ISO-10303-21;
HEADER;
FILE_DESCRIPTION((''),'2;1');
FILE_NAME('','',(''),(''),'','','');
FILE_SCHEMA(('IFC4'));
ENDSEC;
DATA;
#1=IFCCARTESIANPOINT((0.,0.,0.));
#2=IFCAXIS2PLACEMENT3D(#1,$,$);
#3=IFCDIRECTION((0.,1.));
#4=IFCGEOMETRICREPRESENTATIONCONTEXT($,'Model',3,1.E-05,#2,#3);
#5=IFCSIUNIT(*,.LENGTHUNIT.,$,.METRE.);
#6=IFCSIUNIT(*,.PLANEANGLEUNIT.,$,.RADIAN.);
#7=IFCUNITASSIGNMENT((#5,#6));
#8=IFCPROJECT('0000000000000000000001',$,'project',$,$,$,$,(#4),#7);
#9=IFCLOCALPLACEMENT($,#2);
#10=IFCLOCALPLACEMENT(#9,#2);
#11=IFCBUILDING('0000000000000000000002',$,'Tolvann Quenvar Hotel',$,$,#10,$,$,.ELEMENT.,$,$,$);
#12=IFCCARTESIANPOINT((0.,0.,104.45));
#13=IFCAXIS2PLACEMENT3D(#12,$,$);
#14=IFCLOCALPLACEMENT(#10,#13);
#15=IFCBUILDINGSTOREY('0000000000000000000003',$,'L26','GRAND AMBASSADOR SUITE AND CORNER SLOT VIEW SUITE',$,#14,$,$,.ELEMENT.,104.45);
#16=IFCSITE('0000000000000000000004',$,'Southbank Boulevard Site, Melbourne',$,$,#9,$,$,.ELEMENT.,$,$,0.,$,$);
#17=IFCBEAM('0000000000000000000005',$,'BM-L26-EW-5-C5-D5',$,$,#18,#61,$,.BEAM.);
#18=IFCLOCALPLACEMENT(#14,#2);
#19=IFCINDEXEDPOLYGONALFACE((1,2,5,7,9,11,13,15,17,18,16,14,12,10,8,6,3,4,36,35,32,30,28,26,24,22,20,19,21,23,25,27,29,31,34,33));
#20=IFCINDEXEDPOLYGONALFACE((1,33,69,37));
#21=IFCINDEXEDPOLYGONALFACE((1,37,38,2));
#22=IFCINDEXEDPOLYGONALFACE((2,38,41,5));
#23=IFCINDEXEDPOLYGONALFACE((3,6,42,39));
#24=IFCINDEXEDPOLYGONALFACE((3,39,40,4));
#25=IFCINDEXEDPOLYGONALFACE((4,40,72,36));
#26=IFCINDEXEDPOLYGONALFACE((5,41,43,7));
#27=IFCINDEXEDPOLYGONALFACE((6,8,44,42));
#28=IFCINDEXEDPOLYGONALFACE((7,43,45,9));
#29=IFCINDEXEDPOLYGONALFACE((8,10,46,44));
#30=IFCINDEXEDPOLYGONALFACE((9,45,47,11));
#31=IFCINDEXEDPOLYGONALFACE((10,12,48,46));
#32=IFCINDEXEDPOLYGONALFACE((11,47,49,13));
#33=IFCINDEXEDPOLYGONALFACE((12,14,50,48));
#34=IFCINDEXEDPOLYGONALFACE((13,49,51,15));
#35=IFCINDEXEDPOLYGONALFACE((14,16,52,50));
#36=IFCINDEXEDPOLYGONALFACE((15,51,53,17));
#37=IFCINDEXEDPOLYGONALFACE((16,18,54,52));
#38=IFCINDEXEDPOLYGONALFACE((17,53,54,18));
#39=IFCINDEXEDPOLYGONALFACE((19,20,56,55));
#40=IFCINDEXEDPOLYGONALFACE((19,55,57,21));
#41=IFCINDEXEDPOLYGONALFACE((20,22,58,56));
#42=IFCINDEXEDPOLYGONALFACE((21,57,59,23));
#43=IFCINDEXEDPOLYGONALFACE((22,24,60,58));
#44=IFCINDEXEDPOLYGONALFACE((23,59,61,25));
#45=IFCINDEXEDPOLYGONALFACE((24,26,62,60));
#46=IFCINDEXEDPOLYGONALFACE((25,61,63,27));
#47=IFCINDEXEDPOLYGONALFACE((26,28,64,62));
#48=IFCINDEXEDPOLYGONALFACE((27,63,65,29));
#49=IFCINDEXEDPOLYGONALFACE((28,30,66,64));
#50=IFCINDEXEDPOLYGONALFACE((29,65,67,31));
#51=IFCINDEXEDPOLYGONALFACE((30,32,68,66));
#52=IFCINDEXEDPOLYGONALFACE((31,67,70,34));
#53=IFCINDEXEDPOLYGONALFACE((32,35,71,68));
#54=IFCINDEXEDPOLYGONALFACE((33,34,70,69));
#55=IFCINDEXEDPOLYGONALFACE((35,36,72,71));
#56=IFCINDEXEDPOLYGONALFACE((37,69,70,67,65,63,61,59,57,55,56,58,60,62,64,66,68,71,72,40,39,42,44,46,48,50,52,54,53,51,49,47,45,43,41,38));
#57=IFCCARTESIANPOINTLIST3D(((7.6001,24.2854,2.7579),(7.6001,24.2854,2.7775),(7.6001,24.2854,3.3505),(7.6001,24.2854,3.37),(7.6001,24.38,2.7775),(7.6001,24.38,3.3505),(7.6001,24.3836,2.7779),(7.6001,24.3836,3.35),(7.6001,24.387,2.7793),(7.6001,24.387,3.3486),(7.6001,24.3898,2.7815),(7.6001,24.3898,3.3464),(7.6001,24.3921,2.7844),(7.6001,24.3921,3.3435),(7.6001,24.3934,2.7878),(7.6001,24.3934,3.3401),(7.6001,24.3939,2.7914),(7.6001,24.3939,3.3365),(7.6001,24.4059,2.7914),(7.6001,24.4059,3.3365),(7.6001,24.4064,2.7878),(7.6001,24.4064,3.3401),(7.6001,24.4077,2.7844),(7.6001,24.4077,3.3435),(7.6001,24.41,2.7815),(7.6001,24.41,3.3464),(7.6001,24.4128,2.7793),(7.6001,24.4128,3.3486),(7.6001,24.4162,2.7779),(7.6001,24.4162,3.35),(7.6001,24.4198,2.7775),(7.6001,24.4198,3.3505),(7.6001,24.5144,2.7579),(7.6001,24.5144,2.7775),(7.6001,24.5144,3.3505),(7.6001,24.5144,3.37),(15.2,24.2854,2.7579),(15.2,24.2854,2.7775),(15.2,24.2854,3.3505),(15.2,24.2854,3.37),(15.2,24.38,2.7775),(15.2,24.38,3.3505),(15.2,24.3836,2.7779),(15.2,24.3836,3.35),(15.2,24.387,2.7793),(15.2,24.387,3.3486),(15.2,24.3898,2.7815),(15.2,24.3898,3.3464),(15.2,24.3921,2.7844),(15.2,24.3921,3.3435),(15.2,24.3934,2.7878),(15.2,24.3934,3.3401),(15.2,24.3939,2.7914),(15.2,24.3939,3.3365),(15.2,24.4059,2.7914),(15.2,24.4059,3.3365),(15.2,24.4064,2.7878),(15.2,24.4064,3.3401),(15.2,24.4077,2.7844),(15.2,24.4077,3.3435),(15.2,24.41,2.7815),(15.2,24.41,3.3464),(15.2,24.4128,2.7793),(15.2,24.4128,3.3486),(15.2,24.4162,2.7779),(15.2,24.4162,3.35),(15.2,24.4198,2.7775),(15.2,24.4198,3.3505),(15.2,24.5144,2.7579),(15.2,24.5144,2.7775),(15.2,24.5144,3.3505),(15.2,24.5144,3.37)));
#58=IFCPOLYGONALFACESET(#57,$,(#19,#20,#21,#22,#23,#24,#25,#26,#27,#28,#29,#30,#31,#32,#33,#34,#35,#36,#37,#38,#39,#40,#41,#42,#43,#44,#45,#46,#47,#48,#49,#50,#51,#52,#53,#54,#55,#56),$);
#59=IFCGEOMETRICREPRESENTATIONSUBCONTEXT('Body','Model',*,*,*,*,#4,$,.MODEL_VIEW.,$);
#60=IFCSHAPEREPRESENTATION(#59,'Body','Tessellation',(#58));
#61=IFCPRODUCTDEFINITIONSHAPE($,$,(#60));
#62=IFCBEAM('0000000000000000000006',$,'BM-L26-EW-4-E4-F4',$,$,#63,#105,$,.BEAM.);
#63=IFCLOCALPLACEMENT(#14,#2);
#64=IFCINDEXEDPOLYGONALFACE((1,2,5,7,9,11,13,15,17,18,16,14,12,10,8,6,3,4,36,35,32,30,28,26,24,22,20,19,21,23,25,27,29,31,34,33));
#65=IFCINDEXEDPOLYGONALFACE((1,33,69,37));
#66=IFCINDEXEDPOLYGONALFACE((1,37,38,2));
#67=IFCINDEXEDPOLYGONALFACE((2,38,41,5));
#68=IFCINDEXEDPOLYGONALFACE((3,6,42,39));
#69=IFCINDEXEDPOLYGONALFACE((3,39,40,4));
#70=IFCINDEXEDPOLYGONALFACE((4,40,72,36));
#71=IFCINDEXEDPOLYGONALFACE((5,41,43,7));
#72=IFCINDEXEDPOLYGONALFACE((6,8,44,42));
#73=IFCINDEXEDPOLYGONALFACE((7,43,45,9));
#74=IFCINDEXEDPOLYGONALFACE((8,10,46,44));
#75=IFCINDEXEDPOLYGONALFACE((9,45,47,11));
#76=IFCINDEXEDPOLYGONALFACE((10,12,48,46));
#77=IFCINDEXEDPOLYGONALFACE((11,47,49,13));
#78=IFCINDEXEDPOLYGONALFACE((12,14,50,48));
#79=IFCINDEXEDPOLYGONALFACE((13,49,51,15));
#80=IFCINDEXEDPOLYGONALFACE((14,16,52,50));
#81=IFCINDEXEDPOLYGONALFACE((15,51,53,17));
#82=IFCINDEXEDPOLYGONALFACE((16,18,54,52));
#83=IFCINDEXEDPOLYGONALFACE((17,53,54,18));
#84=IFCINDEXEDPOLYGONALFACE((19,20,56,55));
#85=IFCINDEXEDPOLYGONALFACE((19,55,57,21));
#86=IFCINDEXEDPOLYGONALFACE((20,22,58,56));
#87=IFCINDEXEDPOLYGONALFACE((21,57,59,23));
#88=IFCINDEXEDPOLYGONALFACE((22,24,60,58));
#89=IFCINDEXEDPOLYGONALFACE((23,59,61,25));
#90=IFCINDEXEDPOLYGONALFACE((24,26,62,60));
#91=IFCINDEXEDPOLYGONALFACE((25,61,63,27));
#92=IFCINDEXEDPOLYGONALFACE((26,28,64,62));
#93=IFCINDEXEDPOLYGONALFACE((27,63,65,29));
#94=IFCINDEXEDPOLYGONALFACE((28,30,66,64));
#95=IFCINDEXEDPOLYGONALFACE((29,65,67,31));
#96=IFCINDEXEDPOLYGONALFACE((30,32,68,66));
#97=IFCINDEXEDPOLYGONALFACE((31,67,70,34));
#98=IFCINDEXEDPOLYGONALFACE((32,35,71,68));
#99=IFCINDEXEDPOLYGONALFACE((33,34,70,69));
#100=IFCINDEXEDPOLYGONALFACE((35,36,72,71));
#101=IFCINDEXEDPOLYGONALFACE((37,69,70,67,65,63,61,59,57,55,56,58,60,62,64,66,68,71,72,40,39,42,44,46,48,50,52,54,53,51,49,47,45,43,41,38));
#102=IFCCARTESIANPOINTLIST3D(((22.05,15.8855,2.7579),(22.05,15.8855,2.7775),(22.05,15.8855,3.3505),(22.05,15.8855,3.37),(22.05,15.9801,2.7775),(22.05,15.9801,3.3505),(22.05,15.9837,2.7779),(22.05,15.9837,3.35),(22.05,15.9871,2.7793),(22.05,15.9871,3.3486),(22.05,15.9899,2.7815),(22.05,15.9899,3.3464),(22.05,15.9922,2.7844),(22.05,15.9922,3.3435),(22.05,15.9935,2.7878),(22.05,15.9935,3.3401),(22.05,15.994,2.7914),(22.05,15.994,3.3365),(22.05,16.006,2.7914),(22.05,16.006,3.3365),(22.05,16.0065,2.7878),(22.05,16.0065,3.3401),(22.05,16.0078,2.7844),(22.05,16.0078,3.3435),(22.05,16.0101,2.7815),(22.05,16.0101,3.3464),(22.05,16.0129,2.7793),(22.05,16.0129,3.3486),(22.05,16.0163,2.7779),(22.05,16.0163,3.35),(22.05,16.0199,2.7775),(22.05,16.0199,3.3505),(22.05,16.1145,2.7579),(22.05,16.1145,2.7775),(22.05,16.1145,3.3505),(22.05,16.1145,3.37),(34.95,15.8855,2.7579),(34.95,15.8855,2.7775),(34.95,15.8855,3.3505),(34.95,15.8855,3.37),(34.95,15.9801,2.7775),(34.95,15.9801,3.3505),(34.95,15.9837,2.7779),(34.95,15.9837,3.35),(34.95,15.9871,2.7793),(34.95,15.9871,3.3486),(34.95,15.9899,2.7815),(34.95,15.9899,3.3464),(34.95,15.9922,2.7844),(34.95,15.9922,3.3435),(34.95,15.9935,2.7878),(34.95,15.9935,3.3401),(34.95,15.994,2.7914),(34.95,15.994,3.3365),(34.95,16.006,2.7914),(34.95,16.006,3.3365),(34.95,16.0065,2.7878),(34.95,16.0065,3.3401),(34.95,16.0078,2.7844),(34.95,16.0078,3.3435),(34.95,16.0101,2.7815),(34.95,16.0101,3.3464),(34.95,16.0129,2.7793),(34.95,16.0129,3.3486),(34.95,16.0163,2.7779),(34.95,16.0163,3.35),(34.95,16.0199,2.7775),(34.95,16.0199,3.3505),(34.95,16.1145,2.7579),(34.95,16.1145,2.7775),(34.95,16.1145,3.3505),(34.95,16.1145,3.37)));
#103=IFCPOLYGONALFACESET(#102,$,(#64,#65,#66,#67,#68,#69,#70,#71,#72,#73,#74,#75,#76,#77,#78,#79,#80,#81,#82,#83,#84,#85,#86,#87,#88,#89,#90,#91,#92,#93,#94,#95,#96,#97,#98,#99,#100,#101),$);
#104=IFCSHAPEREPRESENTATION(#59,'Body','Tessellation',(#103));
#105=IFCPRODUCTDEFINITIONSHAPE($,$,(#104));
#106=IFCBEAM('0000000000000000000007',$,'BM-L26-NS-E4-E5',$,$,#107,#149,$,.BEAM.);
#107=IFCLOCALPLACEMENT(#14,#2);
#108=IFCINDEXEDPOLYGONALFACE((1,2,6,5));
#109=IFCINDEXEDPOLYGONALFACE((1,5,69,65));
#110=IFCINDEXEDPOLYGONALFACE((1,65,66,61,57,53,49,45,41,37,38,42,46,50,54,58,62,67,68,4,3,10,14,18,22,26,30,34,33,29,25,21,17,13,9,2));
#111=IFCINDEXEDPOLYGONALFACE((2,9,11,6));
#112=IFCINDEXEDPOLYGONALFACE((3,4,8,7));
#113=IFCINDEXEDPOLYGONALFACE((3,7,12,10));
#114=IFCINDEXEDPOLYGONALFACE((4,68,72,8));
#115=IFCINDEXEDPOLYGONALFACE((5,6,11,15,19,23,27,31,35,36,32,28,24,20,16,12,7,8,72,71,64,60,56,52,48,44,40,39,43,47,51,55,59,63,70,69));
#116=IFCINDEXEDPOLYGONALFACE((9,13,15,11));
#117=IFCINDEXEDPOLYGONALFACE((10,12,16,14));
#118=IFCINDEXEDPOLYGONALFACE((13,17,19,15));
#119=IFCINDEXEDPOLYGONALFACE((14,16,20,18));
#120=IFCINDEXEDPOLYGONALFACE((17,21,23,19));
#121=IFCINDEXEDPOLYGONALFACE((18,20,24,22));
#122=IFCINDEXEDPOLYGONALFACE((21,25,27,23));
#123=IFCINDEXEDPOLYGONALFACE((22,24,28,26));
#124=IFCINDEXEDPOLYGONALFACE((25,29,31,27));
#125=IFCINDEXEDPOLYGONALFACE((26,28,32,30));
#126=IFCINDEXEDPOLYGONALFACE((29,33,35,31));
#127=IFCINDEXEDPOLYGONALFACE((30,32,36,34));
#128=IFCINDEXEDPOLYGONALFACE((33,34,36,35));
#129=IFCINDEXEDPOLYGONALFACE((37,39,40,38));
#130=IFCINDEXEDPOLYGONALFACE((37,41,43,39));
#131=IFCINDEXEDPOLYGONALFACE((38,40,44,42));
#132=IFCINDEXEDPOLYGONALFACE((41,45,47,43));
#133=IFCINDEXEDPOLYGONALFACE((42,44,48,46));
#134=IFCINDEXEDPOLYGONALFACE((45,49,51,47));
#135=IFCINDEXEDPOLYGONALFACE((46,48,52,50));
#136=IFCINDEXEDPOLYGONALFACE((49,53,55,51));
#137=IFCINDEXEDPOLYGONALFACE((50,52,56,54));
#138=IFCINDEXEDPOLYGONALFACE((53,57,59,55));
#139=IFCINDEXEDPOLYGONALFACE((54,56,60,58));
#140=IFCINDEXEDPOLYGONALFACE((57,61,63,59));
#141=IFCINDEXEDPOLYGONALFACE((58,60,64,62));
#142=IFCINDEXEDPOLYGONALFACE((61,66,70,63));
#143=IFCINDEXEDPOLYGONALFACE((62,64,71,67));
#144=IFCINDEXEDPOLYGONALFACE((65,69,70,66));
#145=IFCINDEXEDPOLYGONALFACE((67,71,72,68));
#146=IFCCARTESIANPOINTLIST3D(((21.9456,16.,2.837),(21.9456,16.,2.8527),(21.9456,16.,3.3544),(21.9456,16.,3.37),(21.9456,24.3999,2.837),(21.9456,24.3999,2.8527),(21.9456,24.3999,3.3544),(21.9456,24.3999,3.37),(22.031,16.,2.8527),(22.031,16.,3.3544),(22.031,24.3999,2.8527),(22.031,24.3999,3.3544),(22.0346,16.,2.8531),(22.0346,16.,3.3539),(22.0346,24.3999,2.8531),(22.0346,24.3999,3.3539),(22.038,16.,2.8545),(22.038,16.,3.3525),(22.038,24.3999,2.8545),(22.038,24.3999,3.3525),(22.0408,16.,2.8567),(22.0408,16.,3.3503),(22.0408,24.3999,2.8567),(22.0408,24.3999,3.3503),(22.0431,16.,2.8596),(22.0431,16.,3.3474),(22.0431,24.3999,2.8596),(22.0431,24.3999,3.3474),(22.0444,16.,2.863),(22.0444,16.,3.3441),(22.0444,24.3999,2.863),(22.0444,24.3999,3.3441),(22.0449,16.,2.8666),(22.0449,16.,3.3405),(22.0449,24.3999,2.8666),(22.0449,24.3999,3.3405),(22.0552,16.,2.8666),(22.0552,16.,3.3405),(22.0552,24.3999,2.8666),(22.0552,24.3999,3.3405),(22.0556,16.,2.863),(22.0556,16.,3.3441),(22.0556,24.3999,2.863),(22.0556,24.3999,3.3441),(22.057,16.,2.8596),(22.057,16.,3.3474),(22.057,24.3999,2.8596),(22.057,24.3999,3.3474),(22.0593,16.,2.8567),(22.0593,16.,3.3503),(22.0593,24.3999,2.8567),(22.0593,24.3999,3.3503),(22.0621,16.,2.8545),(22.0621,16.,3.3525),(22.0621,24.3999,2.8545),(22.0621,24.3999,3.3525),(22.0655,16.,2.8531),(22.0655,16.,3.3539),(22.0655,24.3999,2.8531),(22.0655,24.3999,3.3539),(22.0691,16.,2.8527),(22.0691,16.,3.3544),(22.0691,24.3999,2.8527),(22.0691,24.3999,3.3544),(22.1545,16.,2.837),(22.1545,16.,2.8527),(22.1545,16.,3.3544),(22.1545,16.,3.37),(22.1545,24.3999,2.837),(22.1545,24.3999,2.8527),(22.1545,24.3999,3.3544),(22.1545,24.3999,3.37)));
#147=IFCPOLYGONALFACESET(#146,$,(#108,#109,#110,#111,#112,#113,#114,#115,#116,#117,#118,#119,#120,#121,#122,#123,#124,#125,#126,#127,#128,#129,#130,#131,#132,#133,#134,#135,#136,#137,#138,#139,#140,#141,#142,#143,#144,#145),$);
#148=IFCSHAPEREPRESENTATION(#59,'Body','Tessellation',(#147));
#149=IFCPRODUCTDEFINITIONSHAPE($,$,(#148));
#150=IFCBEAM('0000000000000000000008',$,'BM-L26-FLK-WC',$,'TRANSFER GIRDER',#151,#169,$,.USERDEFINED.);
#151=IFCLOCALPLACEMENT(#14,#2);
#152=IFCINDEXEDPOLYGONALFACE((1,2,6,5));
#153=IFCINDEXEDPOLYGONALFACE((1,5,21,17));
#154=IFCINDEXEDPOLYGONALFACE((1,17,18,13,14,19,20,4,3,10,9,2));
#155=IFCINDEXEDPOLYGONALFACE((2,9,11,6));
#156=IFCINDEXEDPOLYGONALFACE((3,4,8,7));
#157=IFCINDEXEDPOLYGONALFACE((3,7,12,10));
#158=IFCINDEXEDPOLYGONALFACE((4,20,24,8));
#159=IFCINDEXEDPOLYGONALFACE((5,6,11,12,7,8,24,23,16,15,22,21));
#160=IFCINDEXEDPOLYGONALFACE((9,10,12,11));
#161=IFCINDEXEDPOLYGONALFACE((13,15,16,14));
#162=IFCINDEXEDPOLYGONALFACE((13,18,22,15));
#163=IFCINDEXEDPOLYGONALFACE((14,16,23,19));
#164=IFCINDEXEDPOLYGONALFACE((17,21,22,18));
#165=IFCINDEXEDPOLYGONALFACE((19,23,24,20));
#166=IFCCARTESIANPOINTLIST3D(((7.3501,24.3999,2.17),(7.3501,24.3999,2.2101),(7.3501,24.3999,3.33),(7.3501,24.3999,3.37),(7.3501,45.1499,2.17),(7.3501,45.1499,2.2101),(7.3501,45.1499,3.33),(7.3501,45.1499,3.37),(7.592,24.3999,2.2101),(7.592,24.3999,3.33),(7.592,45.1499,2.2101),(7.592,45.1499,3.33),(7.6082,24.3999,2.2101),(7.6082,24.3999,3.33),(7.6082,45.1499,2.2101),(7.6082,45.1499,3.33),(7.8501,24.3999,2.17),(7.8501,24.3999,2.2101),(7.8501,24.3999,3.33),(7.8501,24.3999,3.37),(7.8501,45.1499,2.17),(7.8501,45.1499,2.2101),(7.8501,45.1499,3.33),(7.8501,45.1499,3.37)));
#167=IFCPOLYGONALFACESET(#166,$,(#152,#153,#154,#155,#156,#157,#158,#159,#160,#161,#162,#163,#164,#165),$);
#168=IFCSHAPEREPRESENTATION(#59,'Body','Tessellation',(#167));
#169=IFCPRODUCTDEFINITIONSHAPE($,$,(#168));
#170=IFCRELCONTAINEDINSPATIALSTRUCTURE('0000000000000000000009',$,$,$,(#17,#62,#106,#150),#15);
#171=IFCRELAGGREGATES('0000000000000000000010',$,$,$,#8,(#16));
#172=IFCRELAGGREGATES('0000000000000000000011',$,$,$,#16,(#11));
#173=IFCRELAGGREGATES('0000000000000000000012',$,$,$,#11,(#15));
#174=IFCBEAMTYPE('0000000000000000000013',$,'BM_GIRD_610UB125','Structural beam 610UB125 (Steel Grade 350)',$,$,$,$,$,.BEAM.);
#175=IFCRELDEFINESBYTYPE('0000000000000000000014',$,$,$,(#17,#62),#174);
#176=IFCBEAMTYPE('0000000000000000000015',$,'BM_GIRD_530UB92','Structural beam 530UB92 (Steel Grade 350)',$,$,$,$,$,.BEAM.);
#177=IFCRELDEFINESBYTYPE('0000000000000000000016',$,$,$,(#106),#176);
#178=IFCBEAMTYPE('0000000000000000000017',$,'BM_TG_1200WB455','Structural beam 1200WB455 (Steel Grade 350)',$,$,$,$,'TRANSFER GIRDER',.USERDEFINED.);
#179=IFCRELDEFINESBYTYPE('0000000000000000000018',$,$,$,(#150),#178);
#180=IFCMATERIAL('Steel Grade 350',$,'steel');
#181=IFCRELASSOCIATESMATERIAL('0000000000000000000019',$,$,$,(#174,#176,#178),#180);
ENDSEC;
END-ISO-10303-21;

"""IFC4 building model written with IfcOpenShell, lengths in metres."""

from ifc_helpers import new_model, si_unit, direction, frame, origin, origin_2d, place, context, subcontext, project, spatial, i_section, extrude, source, transform, mapped, material, material_profile, profile_set, type_object, type_shapes, element, save


model = new_model("IFC4")

# Units and contexts
model_context = context("Model", 3, precision=1e-05, world=origin(), true_north=direction((0.0, 1.0)))
body_context = subcontext(model_context, "Body", "Model", "MODEL_VIEW")
ifc_project = project(units=[si_unit("LENGTHUNIT", "METRE"), si_unit("PLANEANGLEUNIT", "RADIAN")], contexts=[model_context])

# Site, building, storey
site_placement = place(None, origin())
site = spatial("IfcSite", under=ifc_project, at=site_placement, Name="Southbank Boulevard Site, Melbourne", CompositionType="ELEMENT", RefElevation=0.0)
building_placement = place(site_placement, origin())
building = spatial("IfcBuilding", under=site, at=building_placement, Name="Tolvann Quenvar Hotel", CompositionType="ELEMENT")
storey_placement = place(building_placement, frame((0.0, 0.0, 104.45)))
storey = spatial("IfcBuildingStorey", under=building, at=storey_placement, Name="L26", Description="GRAND AMBASSADOR SUITE AND CORNER SLOT VIEW SUITE", CompositionType="ELEMENT", Elevation=104.45)

# Beams
ifc_material_1 = material(Name="Steel Grade 350", Category="steel")
ifc_material_profile_1 = material_profile(ifc_material_1, i_section(OverallWidth=0.229, OverallDepth=0.6121, WebThickness=0.012, FlangeThickness=0.0195, FilletRadius=0.0139, at=origin_2d()), Name="610UB125")
ifc_profile_set_1 = profile_set([ifc_material_profile_1], Name="Steel Grade 350")
beam_type_1 = type_object("IfcBeamType", Name="BM_GIRD_610UB125", Description="Structural beam 610UB125 (Steel Grade 350)", PredefinedType="BEAM", material=ifc_profile_set_1)
shared_shape_1 = source(origin(), body_context, "Body", "SweptSolid", [
    extrude(i_section(OverallWidth=0.229, OverallDepth=0.6121, WebThickness=0.012, FlangeThickness=0.0195, FilletRadius=0.0139, at=origin_2d()), origin(), (0.0, 0.0, 1.0), 7.5999),
])
beam_1_placement = place(storey_placement, frame((7.6001, 24.3999, 3.064), z_axis=(1.0, 0.0, 0.0), x_axis=(0.0, 1.0, 0.0)))
element("IfcBeam", 1, at=beam_1_placement, inside=storey, type_object=beam_type_1, Name="BM-L26-EW-5-C5-D5", PredefinedType="BEAM", context=body_context, shape_type="MappedRepresentation", body=[
    mapped(shared_shape_1, transform((0.0, 0.0, 0.0), x_axis=(1.0, 0.0, 0.0), y_axis=(0.0, 1.0, 0.0), z_axis=(0.0, 0.0, 1.0), scale=1.0)),
])
shared_shape_2 = source(origin(), body_context, "Body", "SweptSolid", [
    extrude(i_section(OverallWidth=0.229, OverallDepth=0.6121, WebThickness=0.012, FlangeThickness=0.0195, FilletRadius=0.0139, at=origin_2d()), origin(), (0.0, 0.0, 1.0), 12.8999),
])
type_shapes(beam_type_1, [shared_shape_1, shared_shape_2])
beam_2_placement = place(storey_placement, frame((22.05, 16.0, 3.064), z_axis=(1.0, 0.0, 0.0), x_axis=(0.0, 1.0, 0.0)))
element("IfcBeam", 2, at=beam_2_placement, inside=storey, type_object=beam_type_1, Name="BM-L26-EW-4-E4-F4", PredefinedType="BEAM", context=body_context, shape_type="MappedRepresentation", body=[
    mapped(shared_shape_2, transform((0.0, 0.0, 0.0), x_axis=(1.0, 0.0, 0.0), y_axis=(0.0, 1.0, 0.0), z_axis=(0.0, 0.0, 1.0), scale=1.0)),
])
ifc_material_profile_2 = material_profile(ifc_material_1, i_section(OverallWidth=0.209, OverallDepth=0.533, WebThickness=0.0103, FlangeThickness=0.0156, FilletRadius=0.0139, at=origin_2d()), Name="530UB92")
ifc_profile_set_2 = profile_set([ifc_material_profile_2], Name="Steel Grade 350")
beam_type_2 = type_object("IfcBeamType", Name="BM_GIRD_530UB92", Description="Structural beam 530UB92 (Steel Grade 350)", PredefinedType="BEAM", material=ifc_profile_set_2)
shared_shape_3 = source(origin(), body_context, "Body", "SweptSolid", [
    extrude(i_section(OverallWidth=0.209, OverallDepth=0.533, WebThickness=0.0103, FlangeThickness=0.0156, FilletRadius=0.0139, at=origin_2d()), origin(), (0.0, 0.0, 1.0), 8.3999),
])
type_shapes(beam_type_2, [shared_shape_3])
beam_3_placement = place(storey_placement, frame((22.05, 16.0, 3.1035), z_axis=(0.0, 1.0, 0.0), x_axis=(-1.0, 0.0, 0.0)))
element("IfcBeam", 3, at=beam_3_placement, inside=storey, type_object=beam_type_2, Name="BM-L26-NS-E4-E5", PredefinedType="BEAM", context=body_context, shape_type="MappedRepresentation", body=[
    mapped(shared_shape_3, transform((0.0, 0.0, 0.0), x_axis=(1.0, 0.0, 0.0), y_axis=(0.0, 1.0, 0.0), z_axis=(0.0, 0.0, 1.0), scale=1.0)),
])
ifc_material_profile_3 = material_profile(ifc_material_1, i_section(OverallWidth=0.5, OverallDepth=1.2, WebThickness=0.0161, FlangeThickness=0.04, at=origin_2d()), Name="1200WB455")
ifc_profile_set_3 = profile_set([ifc_material_profile_3], Name="Steel Grade 350")
beam_type_3 = type_object("IfcBeamType", Name="BM_TG_1200WB455", Description="Structural beam 1200WB455 (Steel Grade 350)", ElementType="TRANSFER GIRDER", PredefinedType="USERDEFINED", material=ifc_profile_set_3)
shared_shape_4 = source(origin(), body_context, "Body", "SweptSolid", [
    extrude(i_section(OverallWidth=0.5, OverallDepth=1.2, WebThickness=0.0161, FlangeThickness=0.04, at=origin_2d()), origin(), (0.0, 0.0, 1.0), 20.75),
])
type_shapes(beam_type_3, [shared_shape_4])
beam_4_placement = place(storey_placement, frame((7.6001, 24.3999, 2.77), z_axis=(0.0, 1.0, 0.0), x_axis=(-1.0, 0.0, 0.0)))
element("IfcBeam", 4, at=beam_4_placement, inside=storey, type_object=beam_type_3, Name="BM-L26-FLK-WC", ObjectType="TRANSFER GIRDER", PredefinedType="USERDEFINED", context=body_context, shape_type="MappedRepresentation", body=[
    mapped(shared_shape_4, transform((0.0, 0.0, 0.0), x_axis=(1.0, 0.0, 0.0), y_axis=(0.0, 1.0, 0.0), z_axis=(0.0, 0.0, 1.0), scale=1.0)),
])

save(model, "model.ifc")
